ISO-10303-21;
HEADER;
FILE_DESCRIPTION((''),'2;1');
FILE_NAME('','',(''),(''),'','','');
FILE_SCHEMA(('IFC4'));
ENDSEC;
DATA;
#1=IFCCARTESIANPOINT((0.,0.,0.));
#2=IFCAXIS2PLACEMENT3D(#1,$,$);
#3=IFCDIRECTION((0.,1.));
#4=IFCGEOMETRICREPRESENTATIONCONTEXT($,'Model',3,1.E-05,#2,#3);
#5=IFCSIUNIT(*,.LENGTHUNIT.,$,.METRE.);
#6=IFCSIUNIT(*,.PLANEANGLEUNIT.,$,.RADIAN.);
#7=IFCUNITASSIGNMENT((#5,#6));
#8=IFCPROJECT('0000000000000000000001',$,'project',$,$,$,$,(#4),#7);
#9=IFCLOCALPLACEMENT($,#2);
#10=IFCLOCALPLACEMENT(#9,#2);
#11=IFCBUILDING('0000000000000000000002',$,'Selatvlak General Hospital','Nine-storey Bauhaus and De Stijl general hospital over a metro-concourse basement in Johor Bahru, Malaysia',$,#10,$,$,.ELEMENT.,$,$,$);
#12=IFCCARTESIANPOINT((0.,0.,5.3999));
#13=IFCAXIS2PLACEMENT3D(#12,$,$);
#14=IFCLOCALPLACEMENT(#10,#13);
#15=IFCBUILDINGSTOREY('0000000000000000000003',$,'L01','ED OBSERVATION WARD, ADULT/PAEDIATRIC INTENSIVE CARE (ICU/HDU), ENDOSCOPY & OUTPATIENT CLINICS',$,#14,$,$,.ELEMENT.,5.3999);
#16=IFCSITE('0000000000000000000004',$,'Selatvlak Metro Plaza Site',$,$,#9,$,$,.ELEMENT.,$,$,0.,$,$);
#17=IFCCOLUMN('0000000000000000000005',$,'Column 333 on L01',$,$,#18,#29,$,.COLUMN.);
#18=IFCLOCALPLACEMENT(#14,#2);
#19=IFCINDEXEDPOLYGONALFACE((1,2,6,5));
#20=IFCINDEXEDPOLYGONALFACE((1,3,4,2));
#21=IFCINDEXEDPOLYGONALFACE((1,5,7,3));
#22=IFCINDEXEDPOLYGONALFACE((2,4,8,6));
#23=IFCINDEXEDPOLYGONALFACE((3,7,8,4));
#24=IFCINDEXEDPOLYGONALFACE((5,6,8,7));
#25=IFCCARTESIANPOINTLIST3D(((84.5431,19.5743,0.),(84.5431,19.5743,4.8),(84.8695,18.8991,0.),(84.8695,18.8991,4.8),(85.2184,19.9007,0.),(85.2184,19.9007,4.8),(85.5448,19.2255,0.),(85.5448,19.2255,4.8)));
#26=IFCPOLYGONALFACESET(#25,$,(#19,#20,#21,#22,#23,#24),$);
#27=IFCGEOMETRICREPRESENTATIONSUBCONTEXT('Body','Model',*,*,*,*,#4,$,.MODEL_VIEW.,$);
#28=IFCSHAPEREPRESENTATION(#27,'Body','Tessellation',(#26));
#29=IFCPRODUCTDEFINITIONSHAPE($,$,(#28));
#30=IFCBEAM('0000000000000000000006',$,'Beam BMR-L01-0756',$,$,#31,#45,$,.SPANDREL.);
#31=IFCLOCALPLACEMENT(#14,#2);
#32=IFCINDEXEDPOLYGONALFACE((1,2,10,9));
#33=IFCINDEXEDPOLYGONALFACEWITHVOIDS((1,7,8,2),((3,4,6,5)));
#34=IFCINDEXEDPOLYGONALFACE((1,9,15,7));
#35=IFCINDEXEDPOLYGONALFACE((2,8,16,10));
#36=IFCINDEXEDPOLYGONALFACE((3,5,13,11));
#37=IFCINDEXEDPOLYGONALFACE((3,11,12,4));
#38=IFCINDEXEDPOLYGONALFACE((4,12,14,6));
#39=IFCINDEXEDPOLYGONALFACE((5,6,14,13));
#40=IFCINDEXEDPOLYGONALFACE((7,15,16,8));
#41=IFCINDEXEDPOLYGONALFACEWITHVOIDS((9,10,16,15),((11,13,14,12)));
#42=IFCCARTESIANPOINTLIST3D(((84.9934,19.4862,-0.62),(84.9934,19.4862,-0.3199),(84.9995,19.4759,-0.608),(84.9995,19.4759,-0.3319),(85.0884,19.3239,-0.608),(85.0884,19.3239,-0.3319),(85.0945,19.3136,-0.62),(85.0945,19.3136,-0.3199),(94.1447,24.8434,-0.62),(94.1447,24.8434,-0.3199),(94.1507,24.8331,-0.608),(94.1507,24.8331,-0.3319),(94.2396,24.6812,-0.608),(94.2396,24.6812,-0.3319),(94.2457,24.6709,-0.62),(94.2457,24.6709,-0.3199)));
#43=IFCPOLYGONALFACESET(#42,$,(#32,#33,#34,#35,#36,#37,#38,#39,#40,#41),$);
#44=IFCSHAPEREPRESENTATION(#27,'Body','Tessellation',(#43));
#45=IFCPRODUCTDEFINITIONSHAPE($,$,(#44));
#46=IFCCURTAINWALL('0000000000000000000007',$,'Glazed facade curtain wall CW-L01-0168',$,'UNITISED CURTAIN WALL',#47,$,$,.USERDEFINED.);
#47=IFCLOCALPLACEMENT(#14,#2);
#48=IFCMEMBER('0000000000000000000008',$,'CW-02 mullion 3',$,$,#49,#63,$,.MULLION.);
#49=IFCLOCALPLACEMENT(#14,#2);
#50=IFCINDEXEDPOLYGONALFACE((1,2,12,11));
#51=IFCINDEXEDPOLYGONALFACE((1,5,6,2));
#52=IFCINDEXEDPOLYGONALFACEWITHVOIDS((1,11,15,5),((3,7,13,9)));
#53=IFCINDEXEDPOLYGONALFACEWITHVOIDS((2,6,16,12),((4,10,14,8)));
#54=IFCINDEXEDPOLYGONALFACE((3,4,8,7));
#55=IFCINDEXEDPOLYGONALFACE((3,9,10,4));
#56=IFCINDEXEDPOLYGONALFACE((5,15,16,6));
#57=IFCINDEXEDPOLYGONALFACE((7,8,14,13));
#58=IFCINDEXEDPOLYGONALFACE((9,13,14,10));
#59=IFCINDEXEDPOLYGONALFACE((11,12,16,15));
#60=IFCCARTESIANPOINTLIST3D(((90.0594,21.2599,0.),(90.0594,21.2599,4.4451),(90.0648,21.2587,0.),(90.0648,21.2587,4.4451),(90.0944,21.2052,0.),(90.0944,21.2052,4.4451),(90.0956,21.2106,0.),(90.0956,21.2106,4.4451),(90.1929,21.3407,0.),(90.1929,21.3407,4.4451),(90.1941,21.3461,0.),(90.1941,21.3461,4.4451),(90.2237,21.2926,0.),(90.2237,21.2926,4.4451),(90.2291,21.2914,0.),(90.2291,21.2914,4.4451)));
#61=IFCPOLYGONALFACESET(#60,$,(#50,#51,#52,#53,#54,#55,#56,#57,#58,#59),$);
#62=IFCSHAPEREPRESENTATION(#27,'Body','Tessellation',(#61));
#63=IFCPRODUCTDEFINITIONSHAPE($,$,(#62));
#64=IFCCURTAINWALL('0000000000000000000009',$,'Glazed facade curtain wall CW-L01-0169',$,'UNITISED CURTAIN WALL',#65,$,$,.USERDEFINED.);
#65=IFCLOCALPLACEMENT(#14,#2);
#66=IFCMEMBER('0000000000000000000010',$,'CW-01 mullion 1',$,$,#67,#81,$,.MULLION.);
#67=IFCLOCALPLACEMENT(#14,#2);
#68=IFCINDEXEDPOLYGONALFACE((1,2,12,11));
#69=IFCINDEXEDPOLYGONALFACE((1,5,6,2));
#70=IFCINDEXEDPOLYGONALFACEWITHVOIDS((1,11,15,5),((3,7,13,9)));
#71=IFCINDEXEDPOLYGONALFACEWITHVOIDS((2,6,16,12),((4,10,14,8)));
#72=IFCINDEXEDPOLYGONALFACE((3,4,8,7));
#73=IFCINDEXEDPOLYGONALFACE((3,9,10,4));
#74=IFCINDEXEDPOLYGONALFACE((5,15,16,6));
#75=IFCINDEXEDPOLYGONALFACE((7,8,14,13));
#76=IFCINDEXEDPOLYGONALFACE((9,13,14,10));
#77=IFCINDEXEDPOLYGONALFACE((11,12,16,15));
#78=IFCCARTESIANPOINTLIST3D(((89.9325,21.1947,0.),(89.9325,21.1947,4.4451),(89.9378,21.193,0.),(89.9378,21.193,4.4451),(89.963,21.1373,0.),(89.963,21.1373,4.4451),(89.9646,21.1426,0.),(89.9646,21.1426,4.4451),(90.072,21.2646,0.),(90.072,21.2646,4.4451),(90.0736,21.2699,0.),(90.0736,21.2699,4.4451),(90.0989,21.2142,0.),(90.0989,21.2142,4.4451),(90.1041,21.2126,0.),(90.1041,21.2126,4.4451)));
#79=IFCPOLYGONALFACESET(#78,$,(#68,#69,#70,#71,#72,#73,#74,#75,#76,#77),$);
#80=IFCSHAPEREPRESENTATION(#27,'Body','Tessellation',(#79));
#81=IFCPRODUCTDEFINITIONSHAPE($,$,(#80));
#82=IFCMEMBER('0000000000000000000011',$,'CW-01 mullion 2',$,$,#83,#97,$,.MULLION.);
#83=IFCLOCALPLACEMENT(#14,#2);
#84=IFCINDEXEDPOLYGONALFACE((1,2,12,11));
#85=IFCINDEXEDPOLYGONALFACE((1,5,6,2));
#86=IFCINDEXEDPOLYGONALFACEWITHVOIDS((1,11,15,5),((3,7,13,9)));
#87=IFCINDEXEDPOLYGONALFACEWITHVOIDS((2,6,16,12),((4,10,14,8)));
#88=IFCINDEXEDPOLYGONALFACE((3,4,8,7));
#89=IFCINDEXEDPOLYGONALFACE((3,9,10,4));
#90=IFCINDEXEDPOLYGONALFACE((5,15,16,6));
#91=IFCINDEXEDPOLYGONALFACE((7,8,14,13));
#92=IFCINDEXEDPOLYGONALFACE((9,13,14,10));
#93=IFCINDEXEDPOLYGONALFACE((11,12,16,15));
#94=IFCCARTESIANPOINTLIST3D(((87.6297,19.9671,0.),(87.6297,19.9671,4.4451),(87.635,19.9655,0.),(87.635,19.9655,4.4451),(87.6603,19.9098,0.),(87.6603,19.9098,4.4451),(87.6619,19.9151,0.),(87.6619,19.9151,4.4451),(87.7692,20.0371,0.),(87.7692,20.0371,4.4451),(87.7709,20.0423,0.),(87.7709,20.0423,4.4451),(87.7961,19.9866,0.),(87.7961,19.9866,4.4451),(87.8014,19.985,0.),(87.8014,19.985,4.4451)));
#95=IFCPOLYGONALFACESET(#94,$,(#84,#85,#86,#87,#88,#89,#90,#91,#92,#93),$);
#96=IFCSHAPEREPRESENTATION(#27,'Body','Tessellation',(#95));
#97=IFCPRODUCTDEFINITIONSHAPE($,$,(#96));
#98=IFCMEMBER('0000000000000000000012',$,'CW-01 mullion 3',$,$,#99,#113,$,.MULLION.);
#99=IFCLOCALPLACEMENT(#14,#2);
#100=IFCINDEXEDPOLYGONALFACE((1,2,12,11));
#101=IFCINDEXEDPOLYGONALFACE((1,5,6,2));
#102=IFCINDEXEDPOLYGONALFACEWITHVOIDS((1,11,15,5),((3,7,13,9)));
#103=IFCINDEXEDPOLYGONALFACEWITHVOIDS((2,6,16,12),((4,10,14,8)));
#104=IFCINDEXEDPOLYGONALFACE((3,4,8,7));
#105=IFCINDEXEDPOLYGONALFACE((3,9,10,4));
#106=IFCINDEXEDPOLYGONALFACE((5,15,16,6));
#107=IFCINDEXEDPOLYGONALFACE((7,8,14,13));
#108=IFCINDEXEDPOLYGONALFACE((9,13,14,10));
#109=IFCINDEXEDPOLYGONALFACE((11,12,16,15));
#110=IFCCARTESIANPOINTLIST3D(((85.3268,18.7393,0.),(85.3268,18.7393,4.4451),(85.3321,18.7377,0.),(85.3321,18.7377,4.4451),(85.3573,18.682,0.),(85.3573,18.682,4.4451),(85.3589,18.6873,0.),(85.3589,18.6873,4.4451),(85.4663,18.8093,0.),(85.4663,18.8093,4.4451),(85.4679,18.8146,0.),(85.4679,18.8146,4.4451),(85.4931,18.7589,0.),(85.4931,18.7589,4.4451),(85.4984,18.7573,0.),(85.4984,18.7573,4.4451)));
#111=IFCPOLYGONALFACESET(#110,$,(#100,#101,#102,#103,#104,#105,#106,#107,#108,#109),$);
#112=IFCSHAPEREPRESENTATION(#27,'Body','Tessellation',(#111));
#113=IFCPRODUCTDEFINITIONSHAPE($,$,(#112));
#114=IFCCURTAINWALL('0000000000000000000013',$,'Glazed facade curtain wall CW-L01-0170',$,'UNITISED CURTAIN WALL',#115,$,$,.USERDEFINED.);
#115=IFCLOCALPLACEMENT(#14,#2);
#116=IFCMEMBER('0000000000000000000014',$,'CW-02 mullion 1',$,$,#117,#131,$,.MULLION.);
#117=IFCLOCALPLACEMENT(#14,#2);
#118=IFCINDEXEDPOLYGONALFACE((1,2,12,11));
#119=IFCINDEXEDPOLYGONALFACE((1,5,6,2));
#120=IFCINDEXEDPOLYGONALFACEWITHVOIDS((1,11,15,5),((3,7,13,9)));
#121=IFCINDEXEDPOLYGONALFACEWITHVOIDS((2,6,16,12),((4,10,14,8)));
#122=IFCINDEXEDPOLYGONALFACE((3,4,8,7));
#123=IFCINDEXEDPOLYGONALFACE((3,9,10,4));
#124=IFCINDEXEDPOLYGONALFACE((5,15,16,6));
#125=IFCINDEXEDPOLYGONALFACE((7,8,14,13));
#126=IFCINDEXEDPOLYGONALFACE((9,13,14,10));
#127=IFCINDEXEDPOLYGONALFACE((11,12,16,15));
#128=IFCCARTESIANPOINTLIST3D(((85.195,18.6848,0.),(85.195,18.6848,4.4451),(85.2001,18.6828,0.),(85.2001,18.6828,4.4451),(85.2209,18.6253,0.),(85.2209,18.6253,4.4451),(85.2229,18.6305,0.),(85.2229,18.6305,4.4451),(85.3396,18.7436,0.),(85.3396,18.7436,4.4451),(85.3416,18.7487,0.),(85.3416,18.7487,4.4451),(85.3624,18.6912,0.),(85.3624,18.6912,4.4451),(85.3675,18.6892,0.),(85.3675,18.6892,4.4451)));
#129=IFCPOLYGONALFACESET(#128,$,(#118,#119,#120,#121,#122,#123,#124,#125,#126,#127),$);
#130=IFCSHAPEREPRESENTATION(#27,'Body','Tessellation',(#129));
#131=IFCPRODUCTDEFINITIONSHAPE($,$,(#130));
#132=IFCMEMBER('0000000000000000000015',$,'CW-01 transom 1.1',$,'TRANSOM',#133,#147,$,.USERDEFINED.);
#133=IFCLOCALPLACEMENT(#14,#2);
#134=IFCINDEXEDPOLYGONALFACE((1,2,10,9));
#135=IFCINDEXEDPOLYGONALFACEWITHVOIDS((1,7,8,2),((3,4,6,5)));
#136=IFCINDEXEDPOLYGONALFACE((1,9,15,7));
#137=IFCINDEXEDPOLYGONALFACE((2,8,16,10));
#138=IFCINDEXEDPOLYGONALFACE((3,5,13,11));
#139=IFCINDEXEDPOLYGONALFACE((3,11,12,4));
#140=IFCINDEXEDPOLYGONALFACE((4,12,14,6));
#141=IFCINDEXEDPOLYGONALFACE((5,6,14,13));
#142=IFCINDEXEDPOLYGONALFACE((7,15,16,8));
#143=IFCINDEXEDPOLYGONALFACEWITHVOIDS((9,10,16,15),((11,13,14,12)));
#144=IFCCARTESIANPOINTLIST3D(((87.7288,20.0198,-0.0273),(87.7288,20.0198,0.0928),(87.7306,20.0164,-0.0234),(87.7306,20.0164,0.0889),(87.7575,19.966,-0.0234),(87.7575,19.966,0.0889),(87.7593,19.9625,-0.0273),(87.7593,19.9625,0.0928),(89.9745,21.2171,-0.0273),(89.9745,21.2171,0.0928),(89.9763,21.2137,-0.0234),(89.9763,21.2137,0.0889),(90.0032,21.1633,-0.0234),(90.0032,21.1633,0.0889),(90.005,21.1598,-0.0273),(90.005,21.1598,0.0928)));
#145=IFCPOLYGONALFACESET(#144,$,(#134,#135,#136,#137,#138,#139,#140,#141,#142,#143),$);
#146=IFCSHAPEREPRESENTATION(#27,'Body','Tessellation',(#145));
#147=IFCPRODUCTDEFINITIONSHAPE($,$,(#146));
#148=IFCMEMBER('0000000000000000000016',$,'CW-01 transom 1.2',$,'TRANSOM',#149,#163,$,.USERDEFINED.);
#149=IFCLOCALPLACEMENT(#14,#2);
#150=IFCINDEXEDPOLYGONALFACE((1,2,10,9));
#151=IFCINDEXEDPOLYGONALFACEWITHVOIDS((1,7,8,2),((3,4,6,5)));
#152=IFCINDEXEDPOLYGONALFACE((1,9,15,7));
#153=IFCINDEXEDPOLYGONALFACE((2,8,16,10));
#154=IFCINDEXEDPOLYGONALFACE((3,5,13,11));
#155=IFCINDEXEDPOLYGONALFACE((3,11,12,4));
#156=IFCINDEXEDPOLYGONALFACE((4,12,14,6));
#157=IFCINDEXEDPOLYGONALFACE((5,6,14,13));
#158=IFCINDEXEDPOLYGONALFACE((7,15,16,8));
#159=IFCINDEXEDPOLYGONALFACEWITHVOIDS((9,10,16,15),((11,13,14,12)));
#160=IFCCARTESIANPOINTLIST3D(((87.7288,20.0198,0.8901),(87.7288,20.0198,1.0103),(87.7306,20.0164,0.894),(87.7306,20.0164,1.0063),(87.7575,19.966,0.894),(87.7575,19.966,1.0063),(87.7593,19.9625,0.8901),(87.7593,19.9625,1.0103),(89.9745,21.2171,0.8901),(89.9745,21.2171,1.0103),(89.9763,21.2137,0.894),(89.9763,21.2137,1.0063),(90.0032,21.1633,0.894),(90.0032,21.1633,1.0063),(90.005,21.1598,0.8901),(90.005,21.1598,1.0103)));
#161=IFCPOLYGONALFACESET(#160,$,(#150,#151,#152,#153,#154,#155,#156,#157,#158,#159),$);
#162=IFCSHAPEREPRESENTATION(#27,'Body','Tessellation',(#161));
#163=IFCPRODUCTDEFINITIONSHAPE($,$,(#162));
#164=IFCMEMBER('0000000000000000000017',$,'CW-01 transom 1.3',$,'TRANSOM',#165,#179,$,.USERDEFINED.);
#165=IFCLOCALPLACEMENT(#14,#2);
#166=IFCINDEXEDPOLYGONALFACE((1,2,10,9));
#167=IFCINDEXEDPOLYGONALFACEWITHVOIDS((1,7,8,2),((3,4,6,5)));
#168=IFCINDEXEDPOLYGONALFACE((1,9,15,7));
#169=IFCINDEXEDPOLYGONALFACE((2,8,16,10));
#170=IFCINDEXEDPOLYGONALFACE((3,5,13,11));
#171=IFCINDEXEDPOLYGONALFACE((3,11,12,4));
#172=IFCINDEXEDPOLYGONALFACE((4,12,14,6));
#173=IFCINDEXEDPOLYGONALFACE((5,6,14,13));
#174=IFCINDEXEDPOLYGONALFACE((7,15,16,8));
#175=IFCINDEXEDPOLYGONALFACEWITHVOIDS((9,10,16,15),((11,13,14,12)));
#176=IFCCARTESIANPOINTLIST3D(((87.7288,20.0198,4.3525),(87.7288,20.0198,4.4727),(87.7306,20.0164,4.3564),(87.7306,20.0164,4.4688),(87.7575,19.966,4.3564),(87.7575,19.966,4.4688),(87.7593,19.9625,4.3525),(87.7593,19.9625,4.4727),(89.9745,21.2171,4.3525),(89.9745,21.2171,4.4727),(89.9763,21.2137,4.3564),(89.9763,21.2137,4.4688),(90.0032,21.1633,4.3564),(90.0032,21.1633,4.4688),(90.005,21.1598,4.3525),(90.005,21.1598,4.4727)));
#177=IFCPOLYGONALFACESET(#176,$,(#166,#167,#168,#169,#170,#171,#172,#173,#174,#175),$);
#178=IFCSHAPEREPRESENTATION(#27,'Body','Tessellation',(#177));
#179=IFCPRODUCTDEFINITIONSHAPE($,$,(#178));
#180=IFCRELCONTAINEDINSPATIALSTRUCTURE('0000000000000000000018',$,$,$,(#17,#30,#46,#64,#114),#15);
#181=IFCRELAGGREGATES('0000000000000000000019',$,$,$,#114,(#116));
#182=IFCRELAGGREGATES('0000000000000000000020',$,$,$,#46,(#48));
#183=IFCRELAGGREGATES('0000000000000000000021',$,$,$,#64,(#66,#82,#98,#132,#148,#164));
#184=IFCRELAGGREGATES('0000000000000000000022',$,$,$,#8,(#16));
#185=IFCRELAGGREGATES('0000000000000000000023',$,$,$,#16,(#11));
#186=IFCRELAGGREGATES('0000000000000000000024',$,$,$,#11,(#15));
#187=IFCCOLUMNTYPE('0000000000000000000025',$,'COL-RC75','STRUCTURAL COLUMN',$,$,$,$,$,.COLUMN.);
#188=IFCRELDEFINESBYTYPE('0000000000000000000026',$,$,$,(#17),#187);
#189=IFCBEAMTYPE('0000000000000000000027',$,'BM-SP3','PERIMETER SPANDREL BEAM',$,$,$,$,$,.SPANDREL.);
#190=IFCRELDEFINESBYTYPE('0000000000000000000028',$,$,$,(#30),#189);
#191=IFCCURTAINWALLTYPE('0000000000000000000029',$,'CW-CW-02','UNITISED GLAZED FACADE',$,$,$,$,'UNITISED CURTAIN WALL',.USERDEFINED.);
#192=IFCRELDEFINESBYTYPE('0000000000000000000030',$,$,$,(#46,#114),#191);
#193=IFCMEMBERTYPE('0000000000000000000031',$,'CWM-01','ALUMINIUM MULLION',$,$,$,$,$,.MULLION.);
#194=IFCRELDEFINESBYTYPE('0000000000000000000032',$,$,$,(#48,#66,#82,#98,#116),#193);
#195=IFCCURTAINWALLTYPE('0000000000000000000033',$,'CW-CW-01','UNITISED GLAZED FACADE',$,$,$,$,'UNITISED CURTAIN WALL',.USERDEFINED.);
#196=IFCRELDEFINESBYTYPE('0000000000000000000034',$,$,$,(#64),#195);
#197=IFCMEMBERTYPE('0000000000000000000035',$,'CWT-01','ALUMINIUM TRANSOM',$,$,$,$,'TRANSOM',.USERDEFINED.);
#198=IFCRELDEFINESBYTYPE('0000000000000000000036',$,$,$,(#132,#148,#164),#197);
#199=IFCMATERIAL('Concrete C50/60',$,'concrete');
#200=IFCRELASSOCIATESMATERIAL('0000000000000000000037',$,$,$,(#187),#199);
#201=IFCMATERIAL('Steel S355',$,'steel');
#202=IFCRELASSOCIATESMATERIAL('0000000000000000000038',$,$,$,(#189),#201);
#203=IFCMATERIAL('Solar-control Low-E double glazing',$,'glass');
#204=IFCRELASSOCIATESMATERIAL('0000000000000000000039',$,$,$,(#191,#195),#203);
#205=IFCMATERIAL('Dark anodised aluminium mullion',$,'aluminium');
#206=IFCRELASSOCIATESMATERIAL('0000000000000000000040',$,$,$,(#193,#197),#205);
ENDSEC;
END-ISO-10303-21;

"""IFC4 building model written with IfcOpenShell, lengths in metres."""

from ifc_helpers import new_model, si_unit, direction, frame, origin, origin_2d, place, context, subcontext, project, spatial, rectangle, hollow_rectangle, extrude, material, material_profile, profile_set, type_object, element, aggregate, save


model = new_model("IFC4")

# Units and contexts
model_context = context("Model", 3, precision=1e-05, world=origin(), true_north=direction((0.0, 1.0)))
body_context = subcontext(model_context, "Body", "Model", "MODEL_VIEW")
ifc_project = project(units=[si_unit("LENGTHUNIT", "METRE"), si_unit("PLANEANGLEUNIT", "RADIAN")], contexts=[model_context])

# Site, building, storey
site_placement = place(None, origin())
site = spatial("IfcSite", under=ifc_project, at=site_placement, Name="Selatvlak Metro Plaza Site", CompositionType="ELEMENT", RefElevation=0.0)
building_placement = place(site_placement, origin())
building = spatial("IfcBuilding", under=site, at=building_placement, Name="Selatvlak General Hospital", Description="Nine-storey Bauhaus and De Stijl general hospital over a metro-concourse basement in Johor Bahru, Malaysia", CompositionType="ELEMENT")
storey_placement = place(building_placement, frame((0.0, 0.0, 5.3999)))
storey = spatial("IfcBuildingStorey", under=building, at=storey_placement, Name="L01", Description="ED OBSERVATION WARD, ADULT/PAEDIATRIC INTENSIVE CARE (ICU/HDU), ENDOSCOPY & OUTPATIENT CLINICS", CompositionType="ELEMENT", Elevation=5.3999)

# Column
ifc_material_1 = material(Name="Concrete C50/60", Category="concrete")
ifc_material_profile_1 = material_profile(ifc_material_1, rectangle(XDim=0.75, YDim=0.75, at=origin_2d()), Name="RC-COL 750x750")
ifc_profile_set_1 = profile_set([ifc_material_profile_1], Name="Concrete C50/60")
column_type = type_object("IfcColumnType", Name="COL-RC75", Description="STRUCTURAL COLUMN", PredefinedType="COLUMN", material=ifc_profile_set_1)
column_placement = place(storey_placement, frame((85.0439, 19.3999, 0.0), z_axis=(0.0, 0.0, 1.0), x_axis=(-0.4352, 0.900334, 0.0)))
element("IfcColumn", 1, at=column_placement, inside=storey, type_object=column_type, Name="Column 333 on L01", PredefinedType="COLUMN", context=body_context, shape_type="SweptSolid", body=[
    extrude(rectangle(XDim=0.75, YDim=0.75, at=origin_2d()), origin(), (0.0, 0.0, 1.0), 4.8),
])

# Beam
ifc_material_2 = material(Name="Steel S355", Category="steel")
ifc_material_profile_2 = material_profile(ifc_material_2, hollow_rectangle(XDim=0.2, YDim=0.3, WallThickness=0.012, at=origin_2d()), Name="RHS 300x200x12")
ifc_profile_set_2 = profile_set([ifc_material_profile_2], Name="Steel S355")
beam_type = type_object("IfcBeamType", Name="BM-SP3", Description="PERIMETER SPANDREL BEAM", PredefinedType="SPANDREL", material=ifc_profile_set_2)
beam_placement = place(storey_placement, frame((85.0439, 19.3999, -0.47), z_axis=(0.862997, 0.505209, 0.0), x_axis=(-0.505209, 0.862997, 0.0)))
element("IfcBeam", 2, at=beam_placement, inside=storey, type_object=beam_type, Name="Beam BMR-L01-0756", PredefinedType="SPANDREL", context=body_context, shape_type="SweptSolid", body=[
    extrude(hollow_rectangle(XDim=0.2, YDim=0.3, WallThickness=0.012, at=origin_2d()), origin(), (0.0, 0.0, 1.0), 10.604),
])

# Curtain wall, member
ifc_material_3 = material(Name="Solar-control Low-E double glazing", Category="glass")
curtain_wall_type_1 = type_object("IfcCurtainWallType", Name="CW-CW-02", Description="UNITISED GLAZED FACADE", ElementType="UNITISED CURTAIN WALL", PredefinedType="USERDEFINED", material=ifc_material_3)
curtain_wall_1_placement = place(storey_placement, origin())
curtain_wall_1 = element("IfcCurtainWall", 3, at=curtain_wall_1_placement, inside=storey, type_object=curtain_wall_type_1, Name="Glazed facade curtain wall CW-L01-0168", ObjectType="UNITISED CURTAIN WALL", PredefinedType="USERDEFINED")
ifc_material_4 = material(Name="Dark anodised aluminium mullion", Category="aluminium")
ifc_material_profile_3 = material_profile(ifc_material_4, hollow_rectangle(XDim=0.0649, YDim=0.1599, WallThickness=0.0039, at=origin_2d()), Name="AL-MUL 65x160x4")
ifc_profile_set_3 = profile_set([ifc_material_profile_3], Name="Dark anodised aluminium mullion")
member_type_1 = type_object("IfcMemberType", Name="CWM-01", Description="ALUMINIUM MULLION", PredefinedType="MULLION", material=ifc_profile_set_3)
member_1_placement = place(storey_placement, frame((90.1443, 21.2756, 0.0), z_axis=(0.0, 0.0, 1.0), x_axis=(0.539064, -0.842265, 0.0)))
member_1 = element("IfcMember", 4, at=member_1_placement, type_object=member_type_1, Name="CW-02 mullion 3", PredefinedType="MULLION", context=body_context, shape_type="SweptSolid", body=[
    extrude(hollow_rectangle(XDim=0.0649, YDim=0.1599, WallThickness=0.0039, at=origin_2d()), origin(), (0.0, 0.0, 1.0), 4.4451),
])

# Curtain wall, members
curtain_wall_type_2 = type_object("IfcCurtainWallType", Name="CW-CW-01", Description="UNITISED GLAZED FACADE", ElementType="UNITISED CURTAIN WALL", PredefinedType="USERDEFINED", material=ifc_material_3)
curtain_wall_2_placement = place(storey_placement, origin())
curtain_wall_2 = element("IfcCurtainWall", 5, at=curtain_wall_2_placement, inside=storey, type_object=curtain_wall_type_2, Name="Glazed facade curtain wall CW-L01-0169", ObjectType="UNITISED CURTAIN WALL", PredefinedType="USERDEFINED")
member_2_placement = place(storey_placement, frame((90.0183, 21.2036, 0.0), z_axis=(0.0, 0.0, 1.0), x_axis=(0.470451, -0.882426, 0.0)))
member_2 = element("IfcMember", 6, at=member_2_placement, type_object=member_type_1, Name="CW-01 mullion 1", PredefinedType="MULLION", context=body_context, shape_type="SweptSolid", body=[
    extrude(hollow_rectangle(XDim=0.0649, YDim=0.1599, WallThickness=0.0039, at=origin_2d()), origin(), (0.0, 0.0, 1.0), 4.4451),
])
member_3_placement = place(storey_placement, frame((87.7156, 19.9761, 0.0), z_axis=(0.0, 0.0, 1.0), x_axis=(0.470451, -0.882426, 0.0)))
member_3 = element("IfcMember", 7, at=member_3_placement, type_object=member_type_1, Name="CW-01 mullion 2", PredefinedType="MULLION", context=body_context, shape_type="SweptSolid", body=[
    extrude(hollow_rectangle(XDim=0.0649, YDim=0.1599, WallThickness=0.0039, at=origin_2d()), origin(), (0.0, 0.0, 1.0), 4.4451),
])
member_4_placement = place(storey_placement, frame((85.4126, 18.7483, 0.0), z_axis=(0.0, 0.0, 1.0), x_axis=(0.470451, -0.882426, 0.0)))
member_4 = element("IfcMember", 8, at=member_4_placement, type_object=member_type_1, Name="CW-01 mullion 3", PredefinedType="MULLION", context=body_context, shape_type="SweptSolid", body=[
    extrude(hollow_rectangle(XDim=0.0649, YDim=0.1599, WallThickness=0.0039, at=origin_2d()), origin(), (0.0, 0.0, 1.0), 4.4451),
])

# Curtain wall, member
curtain_wall_3_placement = place(storey_placement, origin())
curtain_wall_3 = element("IfcCurtainWall", 9, at=curtain_wall_3_placement, inside=storey, type_object=curtain_wall_type_1, Name="Glazed facade curtain wall CW-L01-0170", ObjectType="UNITISED CURTAIN WALL", PredefinedType="USERDEFINED")
member_5_placement = place(storey_placement, frame((85.2812, 18.687, 0.0), z_axis=(0.0, 0.0, 1.0), x_axis=(0.39939, -0.916781, 0.0)))
member_5 = element("IfcMember", 10, at=member_5_placement, type_object=member_type_1, Name="CW-02 mullion 1", PredefinedType="MULLION", context=body_context, shape_type="SweptSolid", body=[
    extrude(hollow_rectangle(XDim=0.0649, YDim=0.1599, WallThickness=0.0039, at=origin_2d()), origin(), (0.0, 0.0, 1.0), 4.4451),
])

# Members
ifc_material_profile_4 = material_profile(ifc_material_4, hollow_rectangle(XDim=0.0649, YDim=0.1201, WallThickness=0.0039, at=origin_2d()), Name="AL-TRN 65x120x4")
ifc_profile_set_4 = profile_set([ifc_material_profile_4], Name="Dark anodised aluminium mullion")
member_type_2 = type_object("IfcMemberType", Name="CWT-01", Description="ALUMINIUM TRANSOM", ElementType="TRANSOM", PredefinedType="USERDEFINED", material=ifc_profile_set_4)
member_6_placement = place(storey_placement, frame((89.9897, 21.1885, 0.0327), z_axis=(-0.882417, -0.470469, 0.0), x_axis=(0.470469, -0.882417, 0.0)))
member_6 = element("IfcMember", 11, at=member_6_placement, type_object=member_type_2, Name="CW-01 transom 1.1", ObjectType="TRANSOM", PredefinedType="USERDEFINED", context=body_context, shape_type="SweptSolid", body=[
    extrude(hollow_rectangle(XDim=0.0649, YDim=0.1201, WallThickness=0.0039, at=origin_2d()), origin(), (0.0, 0.0, 1.0), 2.5449),
])
member_7_placement = place(storey_placement, frame((89.9897, 21.1885, 0.9502), z_axis=(-0.882417, -0.470469, 0.0), x_axis=(0.470469, -0.882417, 0.0)))
member_7 = element("IfcMember", 12, at=member_7_placement, type_object=member_type_2, Name="CW-01 transom 1.2", ObjectType="TRANSOM", PredefinedType="USERDEFINED", context=body_context, shape_type="SweptSolid", body=[
    extrude(hollow_rectangle(XDim=0.0649, YDim=0.1201, WallThickness=0.0039, at=origin_2d()), origin(), (0.0, 0.0, 1.0), 2.5449),
])
member_8_placement = place(storey_placement, frame((89.9897, 21.1885, 4.4126), z_axis=(-0.882417, -0.470469, 0.0), x_axis=(0.470469, -0.882417, 0.0)))
member_8 = element("IfcMember", 13, at=member_8_placement, type_object=member_type_2, Name="CW-01 transom 1.3", ObjectType="TRANSOM", PredefinedType="USERDEFINED", context=body_context, shape_type="SweptSolid", body=[
    extrude(hollow_rectangle(XDim=0.0649, YDim=0.1201, WallThickness=0.0039, at=origin_2d()), origin(), (0.0, 0.0, 1.0), 2.5449),
])
aggregate(curtain_wall_3, [member_5])

aggregate(curtain_wall_1, [member_1])
aggregate(curtain_wall_2, [member_2, member_3, member_4, member_6, member_7, member_8])

save(model, "model.ifc")
